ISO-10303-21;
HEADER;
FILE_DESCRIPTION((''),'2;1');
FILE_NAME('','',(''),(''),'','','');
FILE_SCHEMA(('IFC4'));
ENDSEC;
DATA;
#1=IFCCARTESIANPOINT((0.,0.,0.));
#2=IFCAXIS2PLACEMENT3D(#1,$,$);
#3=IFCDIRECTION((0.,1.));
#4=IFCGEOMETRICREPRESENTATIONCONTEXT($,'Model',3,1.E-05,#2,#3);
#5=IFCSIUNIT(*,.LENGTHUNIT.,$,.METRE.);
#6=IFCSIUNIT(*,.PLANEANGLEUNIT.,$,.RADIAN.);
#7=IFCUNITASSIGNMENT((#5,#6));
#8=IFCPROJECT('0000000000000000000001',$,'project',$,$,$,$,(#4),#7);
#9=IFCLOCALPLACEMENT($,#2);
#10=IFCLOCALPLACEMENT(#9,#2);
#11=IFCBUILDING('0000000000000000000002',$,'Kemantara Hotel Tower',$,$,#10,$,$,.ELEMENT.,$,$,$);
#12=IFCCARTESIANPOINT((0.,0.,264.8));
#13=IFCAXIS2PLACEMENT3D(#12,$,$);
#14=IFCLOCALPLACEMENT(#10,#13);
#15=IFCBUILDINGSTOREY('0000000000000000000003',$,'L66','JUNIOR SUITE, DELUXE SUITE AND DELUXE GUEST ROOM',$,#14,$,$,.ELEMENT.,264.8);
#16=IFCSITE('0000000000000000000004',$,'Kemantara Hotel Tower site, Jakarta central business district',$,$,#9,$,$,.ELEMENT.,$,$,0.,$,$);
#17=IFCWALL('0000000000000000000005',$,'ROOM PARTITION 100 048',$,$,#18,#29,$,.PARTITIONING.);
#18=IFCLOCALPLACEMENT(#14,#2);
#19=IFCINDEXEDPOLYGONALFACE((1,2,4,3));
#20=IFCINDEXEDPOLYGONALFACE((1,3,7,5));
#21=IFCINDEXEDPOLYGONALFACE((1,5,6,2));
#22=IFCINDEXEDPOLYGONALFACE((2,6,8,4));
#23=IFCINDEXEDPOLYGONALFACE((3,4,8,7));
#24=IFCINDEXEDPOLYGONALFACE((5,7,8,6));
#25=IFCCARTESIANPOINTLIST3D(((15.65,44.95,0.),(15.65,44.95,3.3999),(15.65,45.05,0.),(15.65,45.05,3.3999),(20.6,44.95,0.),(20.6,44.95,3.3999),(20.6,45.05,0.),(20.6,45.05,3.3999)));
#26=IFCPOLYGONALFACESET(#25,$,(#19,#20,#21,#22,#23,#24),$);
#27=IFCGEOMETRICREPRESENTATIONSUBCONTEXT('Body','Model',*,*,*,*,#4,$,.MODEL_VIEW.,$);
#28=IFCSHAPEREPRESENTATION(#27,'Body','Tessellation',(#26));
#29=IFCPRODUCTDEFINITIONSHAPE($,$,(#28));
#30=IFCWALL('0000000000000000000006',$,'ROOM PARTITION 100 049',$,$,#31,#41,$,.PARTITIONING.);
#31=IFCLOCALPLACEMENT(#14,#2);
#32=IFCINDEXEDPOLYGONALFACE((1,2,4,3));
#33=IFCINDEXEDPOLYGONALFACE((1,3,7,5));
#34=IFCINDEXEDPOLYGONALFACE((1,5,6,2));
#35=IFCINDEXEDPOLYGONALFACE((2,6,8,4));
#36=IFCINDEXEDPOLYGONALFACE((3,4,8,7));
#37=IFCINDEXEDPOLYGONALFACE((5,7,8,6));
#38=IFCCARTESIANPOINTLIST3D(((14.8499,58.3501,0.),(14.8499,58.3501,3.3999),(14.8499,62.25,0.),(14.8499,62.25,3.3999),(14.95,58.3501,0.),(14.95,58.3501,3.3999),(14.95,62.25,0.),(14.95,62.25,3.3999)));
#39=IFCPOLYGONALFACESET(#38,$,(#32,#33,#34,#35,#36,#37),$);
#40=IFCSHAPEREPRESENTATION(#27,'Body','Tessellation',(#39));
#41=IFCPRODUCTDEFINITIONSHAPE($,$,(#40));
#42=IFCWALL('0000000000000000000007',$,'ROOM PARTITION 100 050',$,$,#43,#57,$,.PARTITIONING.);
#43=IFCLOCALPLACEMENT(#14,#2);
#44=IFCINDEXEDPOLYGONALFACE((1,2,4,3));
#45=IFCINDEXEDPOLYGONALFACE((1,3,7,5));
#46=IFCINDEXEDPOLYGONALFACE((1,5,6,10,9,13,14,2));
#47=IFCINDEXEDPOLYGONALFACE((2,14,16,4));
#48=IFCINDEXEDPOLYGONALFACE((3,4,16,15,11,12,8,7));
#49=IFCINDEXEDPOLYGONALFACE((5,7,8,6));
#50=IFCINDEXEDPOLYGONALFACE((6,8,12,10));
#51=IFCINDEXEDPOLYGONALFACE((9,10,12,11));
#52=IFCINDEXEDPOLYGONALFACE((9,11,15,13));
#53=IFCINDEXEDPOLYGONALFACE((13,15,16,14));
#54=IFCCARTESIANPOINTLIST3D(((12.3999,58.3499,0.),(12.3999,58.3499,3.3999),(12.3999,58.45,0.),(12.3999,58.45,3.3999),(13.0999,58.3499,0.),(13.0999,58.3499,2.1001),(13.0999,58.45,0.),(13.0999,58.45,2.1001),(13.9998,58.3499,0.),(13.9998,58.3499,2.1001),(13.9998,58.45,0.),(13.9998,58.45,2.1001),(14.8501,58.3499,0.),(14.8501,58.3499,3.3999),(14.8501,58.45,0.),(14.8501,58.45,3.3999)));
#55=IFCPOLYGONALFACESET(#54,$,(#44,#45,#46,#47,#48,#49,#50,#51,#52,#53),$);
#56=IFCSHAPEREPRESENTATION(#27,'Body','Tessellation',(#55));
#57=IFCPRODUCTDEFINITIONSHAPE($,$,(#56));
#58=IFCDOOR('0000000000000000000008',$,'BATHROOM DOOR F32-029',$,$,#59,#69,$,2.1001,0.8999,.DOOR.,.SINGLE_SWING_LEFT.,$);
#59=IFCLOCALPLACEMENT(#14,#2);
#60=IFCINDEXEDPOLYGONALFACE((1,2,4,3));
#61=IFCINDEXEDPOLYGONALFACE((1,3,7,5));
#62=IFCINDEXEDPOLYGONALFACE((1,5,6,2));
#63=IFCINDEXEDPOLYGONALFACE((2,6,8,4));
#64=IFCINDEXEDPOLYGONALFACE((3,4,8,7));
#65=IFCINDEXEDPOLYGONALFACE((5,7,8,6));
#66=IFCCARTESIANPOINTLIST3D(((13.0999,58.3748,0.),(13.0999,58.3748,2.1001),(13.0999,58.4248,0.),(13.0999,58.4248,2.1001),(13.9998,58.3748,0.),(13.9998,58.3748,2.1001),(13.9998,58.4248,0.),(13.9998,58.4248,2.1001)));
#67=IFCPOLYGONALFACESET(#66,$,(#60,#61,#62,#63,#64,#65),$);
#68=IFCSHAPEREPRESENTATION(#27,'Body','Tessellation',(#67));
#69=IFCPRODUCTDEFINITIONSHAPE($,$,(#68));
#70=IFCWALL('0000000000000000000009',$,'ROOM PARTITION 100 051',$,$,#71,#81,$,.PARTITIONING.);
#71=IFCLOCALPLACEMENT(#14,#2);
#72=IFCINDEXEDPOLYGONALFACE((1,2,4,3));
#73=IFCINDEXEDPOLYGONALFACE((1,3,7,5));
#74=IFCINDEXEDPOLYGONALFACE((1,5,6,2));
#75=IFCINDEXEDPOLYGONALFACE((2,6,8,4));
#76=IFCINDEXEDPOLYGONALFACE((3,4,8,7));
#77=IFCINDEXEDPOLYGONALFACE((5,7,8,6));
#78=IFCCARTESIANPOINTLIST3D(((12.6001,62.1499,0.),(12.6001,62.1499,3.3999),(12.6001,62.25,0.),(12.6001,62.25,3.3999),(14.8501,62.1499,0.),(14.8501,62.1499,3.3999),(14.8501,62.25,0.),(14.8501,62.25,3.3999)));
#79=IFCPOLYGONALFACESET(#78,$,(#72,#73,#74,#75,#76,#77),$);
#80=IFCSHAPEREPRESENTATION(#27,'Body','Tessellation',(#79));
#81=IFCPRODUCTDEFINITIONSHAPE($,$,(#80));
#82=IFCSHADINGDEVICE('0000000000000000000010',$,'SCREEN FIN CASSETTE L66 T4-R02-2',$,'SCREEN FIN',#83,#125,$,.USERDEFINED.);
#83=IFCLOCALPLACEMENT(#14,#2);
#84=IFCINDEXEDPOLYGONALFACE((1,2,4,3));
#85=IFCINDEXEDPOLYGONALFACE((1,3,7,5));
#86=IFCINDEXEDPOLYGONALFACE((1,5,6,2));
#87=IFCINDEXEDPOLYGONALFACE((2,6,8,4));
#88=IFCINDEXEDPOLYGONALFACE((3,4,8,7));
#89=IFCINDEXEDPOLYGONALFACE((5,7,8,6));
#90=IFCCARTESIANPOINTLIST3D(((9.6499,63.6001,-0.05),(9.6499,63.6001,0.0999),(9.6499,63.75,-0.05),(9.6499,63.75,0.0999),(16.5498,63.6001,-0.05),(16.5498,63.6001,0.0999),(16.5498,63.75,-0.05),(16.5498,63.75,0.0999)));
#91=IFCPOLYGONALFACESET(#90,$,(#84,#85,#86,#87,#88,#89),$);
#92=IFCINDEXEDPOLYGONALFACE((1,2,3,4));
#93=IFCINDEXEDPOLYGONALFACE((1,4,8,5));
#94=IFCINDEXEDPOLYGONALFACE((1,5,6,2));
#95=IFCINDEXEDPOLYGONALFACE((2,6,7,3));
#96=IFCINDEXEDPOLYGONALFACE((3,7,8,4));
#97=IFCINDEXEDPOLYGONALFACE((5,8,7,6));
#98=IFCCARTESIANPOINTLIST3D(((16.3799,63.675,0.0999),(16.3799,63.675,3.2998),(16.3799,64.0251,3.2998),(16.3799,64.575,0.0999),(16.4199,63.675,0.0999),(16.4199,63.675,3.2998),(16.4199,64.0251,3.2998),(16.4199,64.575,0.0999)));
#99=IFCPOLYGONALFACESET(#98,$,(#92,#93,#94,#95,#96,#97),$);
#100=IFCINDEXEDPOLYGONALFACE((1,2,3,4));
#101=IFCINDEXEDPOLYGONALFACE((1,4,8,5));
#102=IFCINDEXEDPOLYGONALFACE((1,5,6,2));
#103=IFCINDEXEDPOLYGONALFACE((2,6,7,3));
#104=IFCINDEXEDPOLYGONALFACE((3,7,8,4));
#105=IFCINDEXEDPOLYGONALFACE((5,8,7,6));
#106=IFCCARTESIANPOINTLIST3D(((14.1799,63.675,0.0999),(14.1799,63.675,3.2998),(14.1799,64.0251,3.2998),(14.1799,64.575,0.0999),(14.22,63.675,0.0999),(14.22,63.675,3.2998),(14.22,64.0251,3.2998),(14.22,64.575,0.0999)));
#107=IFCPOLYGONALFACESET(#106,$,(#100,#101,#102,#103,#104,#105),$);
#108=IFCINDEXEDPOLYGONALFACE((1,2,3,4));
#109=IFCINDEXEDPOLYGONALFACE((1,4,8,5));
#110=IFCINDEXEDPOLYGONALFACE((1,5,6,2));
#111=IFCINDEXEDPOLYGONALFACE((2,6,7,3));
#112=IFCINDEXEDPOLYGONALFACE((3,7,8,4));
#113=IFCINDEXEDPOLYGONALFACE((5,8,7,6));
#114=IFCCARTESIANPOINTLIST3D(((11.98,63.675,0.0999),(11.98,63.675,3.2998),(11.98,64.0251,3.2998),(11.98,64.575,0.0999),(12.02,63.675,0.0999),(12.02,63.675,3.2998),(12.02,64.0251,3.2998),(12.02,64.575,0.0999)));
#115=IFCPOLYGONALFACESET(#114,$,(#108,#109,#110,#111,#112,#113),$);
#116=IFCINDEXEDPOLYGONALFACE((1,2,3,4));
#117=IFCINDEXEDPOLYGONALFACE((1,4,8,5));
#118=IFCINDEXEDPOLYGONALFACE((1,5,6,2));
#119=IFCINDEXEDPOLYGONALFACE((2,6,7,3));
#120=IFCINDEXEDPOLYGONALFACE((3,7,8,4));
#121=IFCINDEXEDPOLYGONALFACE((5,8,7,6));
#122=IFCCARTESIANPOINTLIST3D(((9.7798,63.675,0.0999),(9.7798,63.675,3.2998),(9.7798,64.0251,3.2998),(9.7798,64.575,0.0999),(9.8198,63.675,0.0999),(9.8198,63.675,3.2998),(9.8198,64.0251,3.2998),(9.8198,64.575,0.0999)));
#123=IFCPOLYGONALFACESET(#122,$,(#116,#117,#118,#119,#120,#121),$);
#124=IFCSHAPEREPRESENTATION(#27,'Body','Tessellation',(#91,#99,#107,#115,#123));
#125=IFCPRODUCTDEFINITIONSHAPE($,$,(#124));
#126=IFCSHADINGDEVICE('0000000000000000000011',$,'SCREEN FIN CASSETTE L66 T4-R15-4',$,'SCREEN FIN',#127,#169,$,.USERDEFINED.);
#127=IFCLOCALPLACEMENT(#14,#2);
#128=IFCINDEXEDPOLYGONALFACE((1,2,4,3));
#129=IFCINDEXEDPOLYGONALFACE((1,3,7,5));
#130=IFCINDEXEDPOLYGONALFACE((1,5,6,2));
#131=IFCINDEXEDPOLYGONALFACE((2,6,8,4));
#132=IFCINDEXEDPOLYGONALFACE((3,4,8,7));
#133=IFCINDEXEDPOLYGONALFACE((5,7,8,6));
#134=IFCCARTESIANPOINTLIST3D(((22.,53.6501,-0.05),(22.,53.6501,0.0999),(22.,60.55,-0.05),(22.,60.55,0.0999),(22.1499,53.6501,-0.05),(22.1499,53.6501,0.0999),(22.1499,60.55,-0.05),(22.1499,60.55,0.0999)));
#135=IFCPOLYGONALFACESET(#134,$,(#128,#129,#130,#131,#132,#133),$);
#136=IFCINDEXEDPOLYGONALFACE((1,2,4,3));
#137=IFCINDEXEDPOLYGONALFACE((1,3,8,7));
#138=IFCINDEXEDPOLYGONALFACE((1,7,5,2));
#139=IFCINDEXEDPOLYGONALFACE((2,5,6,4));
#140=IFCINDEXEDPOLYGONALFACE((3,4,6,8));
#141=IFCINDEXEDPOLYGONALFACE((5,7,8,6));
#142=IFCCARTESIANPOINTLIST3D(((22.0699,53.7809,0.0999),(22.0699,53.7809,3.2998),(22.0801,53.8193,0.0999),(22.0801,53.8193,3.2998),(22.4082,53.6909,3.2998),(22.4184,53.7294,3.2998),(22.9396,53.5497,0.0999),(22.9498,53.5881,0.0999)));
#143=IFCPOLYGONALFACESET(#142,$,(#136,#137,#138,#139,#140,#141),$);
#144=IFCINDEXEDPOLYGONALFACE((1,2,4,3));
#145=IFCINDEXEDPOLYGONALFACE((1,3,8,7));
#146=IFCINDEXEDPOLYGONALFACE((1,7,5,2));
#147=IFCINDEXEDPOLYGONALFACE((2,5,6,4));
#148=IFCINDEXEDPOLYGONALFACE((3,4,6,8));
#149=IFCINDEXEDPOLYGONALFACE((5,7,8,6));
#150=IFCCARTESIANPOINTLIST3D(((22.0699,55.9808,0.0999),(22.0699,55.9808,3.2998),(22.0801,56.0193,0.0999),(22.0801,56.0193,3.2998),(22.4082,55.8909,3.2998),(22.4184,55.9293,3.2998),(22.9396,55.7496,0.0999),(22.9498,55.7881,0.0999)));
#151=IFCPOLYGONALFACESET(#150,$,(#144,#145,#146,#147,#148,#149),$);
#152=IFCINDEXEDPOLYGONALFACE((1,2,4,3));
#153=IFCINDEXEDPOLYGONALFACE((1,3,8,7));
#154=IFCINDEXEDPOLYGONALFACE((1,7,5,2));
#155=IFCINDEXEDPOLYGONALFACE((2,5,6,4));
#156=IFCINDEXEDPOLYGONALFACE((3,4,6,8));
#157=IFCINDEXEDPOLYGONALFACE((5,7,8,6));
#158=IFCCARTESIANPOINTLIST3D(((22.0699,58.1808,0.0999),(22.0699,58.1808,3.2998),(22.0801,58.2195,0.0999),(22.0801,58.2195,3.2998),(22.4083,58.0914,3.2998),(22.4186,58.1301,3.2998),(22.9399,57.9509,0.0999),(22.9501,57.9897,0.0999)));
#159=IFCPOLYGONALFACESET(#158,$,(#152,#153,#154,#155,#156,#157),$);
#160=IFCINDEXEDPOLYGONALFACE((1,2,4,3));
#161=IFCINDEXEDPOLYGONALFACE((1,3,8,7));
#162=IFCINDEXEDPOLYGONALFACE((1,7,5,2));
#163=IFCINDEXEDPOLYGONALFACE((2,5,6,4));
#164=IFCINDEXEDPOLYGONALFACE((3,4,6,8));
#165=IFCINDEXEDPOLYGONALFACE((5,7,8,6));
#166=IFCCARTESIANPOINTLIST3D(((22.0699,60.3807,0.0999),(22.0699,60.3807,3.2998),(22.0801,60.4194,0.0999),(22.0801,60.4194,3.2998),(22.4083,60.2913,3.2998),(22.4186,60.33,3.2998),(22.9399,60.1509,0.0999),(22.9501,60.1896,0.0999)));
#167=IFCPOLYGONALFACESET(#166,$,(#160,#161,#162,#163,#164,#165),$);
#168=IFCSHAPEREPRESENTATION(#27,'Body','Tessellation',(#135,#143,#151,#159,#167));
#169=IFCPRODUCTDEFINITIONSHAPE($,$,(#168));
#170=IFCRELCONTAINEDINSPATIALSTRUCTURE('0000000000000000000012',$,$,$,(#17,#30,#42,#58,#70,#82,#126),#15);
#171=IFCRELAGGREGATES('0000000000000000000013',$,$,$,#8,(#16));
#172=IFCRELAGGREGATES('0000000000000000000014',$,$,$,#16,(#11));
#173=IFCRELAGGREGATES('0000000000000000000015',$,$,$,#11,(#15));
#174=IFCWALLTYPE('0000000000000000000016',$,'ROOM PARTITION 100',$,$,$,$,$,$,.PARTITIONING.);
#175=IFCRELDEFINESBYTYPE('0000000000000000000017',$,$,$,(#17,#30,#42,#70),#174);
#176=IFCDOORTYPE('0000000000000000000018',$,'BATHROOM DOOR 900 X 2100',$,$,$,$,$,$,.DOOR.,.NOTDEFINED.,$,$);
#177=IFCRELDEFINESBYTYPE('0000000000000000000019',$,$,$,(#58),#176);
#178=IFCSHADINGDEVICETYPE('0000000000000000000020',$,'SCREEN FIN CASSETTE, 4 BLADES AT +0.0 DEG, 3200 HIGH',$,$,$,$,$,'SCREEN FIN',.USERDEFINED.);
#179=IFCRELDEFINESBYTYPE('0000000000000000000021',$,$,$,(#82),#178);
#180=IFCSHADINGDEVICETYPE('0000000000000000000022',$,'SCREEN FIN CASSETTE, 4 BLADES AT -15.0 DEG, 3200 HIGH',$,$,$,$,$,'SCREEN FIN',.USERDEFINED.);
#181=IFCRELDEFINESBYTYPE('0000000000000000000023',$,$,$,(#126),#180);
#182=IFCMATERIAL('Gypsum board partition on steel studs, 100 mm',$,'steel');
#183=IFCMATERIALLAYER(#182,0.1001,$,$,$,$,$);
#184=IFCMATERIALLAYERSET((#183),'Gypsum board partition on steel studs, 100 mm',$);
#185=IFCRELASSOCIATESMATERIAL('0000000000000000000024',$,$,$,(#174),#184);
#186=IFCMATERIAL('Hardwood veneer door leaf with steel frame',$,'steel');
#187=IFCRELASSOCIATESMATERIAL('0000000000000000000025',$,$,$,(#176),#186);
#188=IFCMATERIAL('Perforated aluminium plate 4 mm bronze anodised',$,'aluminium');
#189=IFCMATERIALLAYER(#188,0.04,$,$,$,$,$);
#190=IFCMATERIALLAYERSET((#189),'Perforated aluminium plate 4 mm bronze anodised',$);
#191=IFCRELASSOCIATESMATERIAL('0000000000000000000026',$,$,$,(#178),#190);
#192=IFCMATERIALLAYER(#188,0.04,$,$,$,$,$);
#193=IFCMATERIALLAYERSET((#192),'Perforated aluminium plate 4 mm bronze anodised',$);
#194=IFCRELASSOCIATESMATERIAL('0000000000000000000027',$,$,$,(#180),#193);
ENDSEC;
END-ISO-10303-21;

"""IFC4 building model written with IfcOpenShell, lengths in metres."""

from ifc_helpers import new_model, si_unit, direction, frame, frame_2d, origin, origin_2d, place, context, subcontext, project, spatial, polyline, rectangle, outline, extrude, source, transform, mapped, material, layer, layer_set, type_object, element, fill, save


model = new_model("IFC4")

# Units and contexts
model_context = context("Model", 3, precision=1e-05, world=origin(), true_north=direction((0.0, 1.0)))
body_context = subcontext(model_context, "Body", "Model", "MODEL_VIEW")
ifc_project = project(units=[si_unit("LENGTHUNIT", "METRE"), si_unit("PLANEANGLEUNIT", "RADIAN")], contexts=[model_context])

# Site, building, storey
site_placement = place(None, origin())
site = spatial("IfcSite", under=ifc_project, at=site_placement, Name="Kemantara Hotel Tower site, Jakarta central business district", CompositionType="ELEMENT", RefElevation=0.0)
building_placement = place(site_placement, origin())
building = spatial("IfcBuilding", under=site, at=building_placement, Name="Kemantara Hotel Tower", CompositionType="ELEMENT")
storey_placement = place(building_placement, frame((0.0, 0.0, 264.8)))
storey = spatial("IfcBuildingStorey", under=building, at=storey_placement, Name="L66", Description="JUNIOR SUITE, DELUXE SUITE AND DELUXE GUEST ROOM", CompositionType="ELEMENT", Elevation=264.8)

# Shared definitions
ifc_material_1 = material(Name="Gypsum board partition on steel studs, 100 mm", Category="steel")
ifc_layer_1 = layer(ifc_material_1, 0.1001)
ifc_layer_set_1 = layer_set([ifc_layer_1], Name="Gypsum board partition on steel studs, 100 mm")
wall_type = type_object("IfcWallType", Name="ROOM PARTITION 100", PredefinedType="PARTITIONING", material=ifc_layer_set_1)
ifc_material_2 = material(Name="Hardwood veneer door leaf with steel frame", Category="steel")

# Walls
wall_1_placement = place(storey_placement, frame((15.6499, 45.0, 0.0), z_axis=(0.0, 0.0, 1.0), x_axis=(1.0, 0.0, 0.0)))
element("IfcWall", 1, at=wall_1_placement, inside=storey, type_object=wall_type, Name="ROOM PARTITION 100 048", PredefinedType="PARTITIONING", context=body_context, shape_type="SweptSolid", body=[
    extrude(rectangle(XDim=4.95, YDim=0.1001, at=frame_2d((2.4751, 0.0))), origin(), (0.0, 0.0, 1.0), 3.3999),
])
wall_2_placement = place(storey_placement, frame((14.8999, 58.3501, 0.0), z_axis=(0.0, 0.0, 1.0), x_axis=(0.0, 1.0, 0.0)))
element("IfcWall", 2, at=wall_2_placement, inside=storey, type_object=wall_type, Name="ROOM PARTITION 100 049", PredefinedType="PARTITIONING", context=body_context, shape_type="SweptSolid", body=[
    extrude(rectangle(XDim=3.8999, YDim=0.1001, at=frame_2d((1.95, 0.0))), origin(), (0.0, 0.0, 1.0), 3.3999),
])

# Wall, opening, door
wall_3_placement = place(storey_placement, frame((12.3999, 58.3999, 0.0), z_axis=(0.0, 0.0, 1.0), x_axis=(1.0, 0.0, 0.0)))
wall_3 = element("IfcWall", 3, at=wall_3_placement, inside=storey, type_object=wall_type, Name="ROOM PARTITION 100 050", PredefinedType="PARTITIONING", context=body_context, shape_type="SweptSolid", body=[
    extrude(rectangle(XDim=2.4502, YDim=0.1001, at=frame_2d((1.2251, 0.0))), origin(), (0.0, 0.0, 1.0), 3.3999),
])
opening_1_placement = place(wall_3_placement, frame((0.7, 0.0, 0.0)))
opening_1 = element("IfcOpeningElement", 4, at=opening_1_placement, cuts=wall_3, PredefinedType="OPENING", context=body_context, shape_type="SweptSolid", body=[
    extrude(rectangle(XDim=0.8999, YDim=2.1001, at=frame_2d((0.45, 1.05))), frame((0.0, 0.0601, 0.0), z_axis=(0.0, -1.0, 0.0), x_axis=(1.0, 0.0, 0.0)), (0.0, 0.0, 1.0), 0.1201),
])
door_type_1 = type_object("IfcDoorType", Name="BATHROOM DOOR 900 X 2100", OperationType="NOTDEFINED", PredefinedType="DOOR", material=ifc_material_2)
door_1_placement = place(opening_1_placement, origin())
door_1 = element("IfcDoor", 5, at=door_1_placement, inside=storey, type_object=door_type_1, Name="BATHROOM DOOR F32-029", OperationType="SINGLE_SWING_LEFT", OverallHeight=2.1001, OverallWidth=0.8999, PredefinedType="DOOR", context=body_context, shape_type="SweptSolid", body=[
    extrude(rectangle(XDim=0.8999, YDim=2.1001, at=frame_2d((0.45, 1.05))), frame((0.0, 0.0249, 0.0), z_axis=(0.0, -1.0, 0.0), x_axis=(1.0, 0.0, 0.0)), (0.0, 0.0, 1.0), 0.05),
])
fill(opening_1, door_1)

# Wall
wall_4_placement = place(storey_placement, frame((12.6001, 62.2, 0.0), z_axis=(0.0, 0.0, 1.0), x_axis=(1.0, 0.0, 0.0)))
element("IfcWall", 6, at=wall_4_placement, inside=storey, type_object=wall_type, Name="ROOM PARTITION 100 051", PredefinedType="PARTITIONING", context=body_context, shape_type="SweptSolid", body=[
    extrude(rectangle(XDim=2.25, YDim=0.1001, at=frame_2d((1.125, 0.0))), origin(), (0.0, 0.0, 1.0), 3.3999),
])

# Shading devices
ifc_material_3 = material(Name="Perforated aluminium plate 4 mm bronze anodised", Category="aluminium")
ifc_layer_2 = layer(ifc_material_3, 0.04)
ifc_layer_set_2 = layer_set([ifc_layer_2], Name="Perforated aluminium plate 4 mm bronze anodised")
shading_device_type_1 = type_object("IfcShadingDeviceType", Name="SCREEN FIN CASSETTE, 4 BLADES AT +0.0 DEG, 3200 HIGH", ElementType="SCREEN FIN", PredefinedType="USERDEFINED", material=ifc_layer_set_2)
shared_shape_1 = source(origin(), body_context, "Body", "SweptSolid", [
    extrude(rectangle(XDim=6.8999, YDim=0.1499, at=origin_2d()), frame((3.3, -0.075, -0.1499), z_axis=(0.0, 0.0, 1.0), x_axis=(1.0, 0.0, 0.0)), (0.0, 0.0, 1.0), 0.1499),
    extrude(outline(polyline([(0.0, 0.0), (0.8999, 0.0), (0.3501, 3.2), (0.0, 3.2), (0.0, 0.0)])), frame((0.02, -0.075, 0.0), z_axis=(-1.0, 0.0, 0.0), x_axis=(0.0, -1.0, 0.0)), (0.0, 0.0, 1.0), 0.04),
    extrude(outline(polyline([(0.0, 0.0), (0.8999, 0.0), (0.3501, 3.2), (0.0, 3.2), (0.0, 0.0)])), frame((2.22, -0.075, 0.0), z_axis=(-1.0, 0.0, 0.0), x_axis=(0.0, -1.0, 0.0)), (0.0, 0.0, 1.0), 0.04),
    extrude(outline(polyline([(0.0, 0.0), (0.8999, 0.0), (0.3501, 3.2), (0.0, 3.2), (0.0, 0.0)])), frame((4.4199, -0.075, 0.0), z_axis=(-1.0, 0.0, 0.0), x_axis=(0.0, -1.0, 0.0)), (0.0, 0.0, 1.0), 0.04),
    extrude(outline(polyline([(0.0, 0.0), (0.8999, 0.0), (0.3501, 3.2), (0.0, 3.2), (0.0, 0.0)])), frame((6.6201, -0.075, 0.0), z_axis=(-1.0, 0.0, 0.0), x_axis=(0.0, -1.0, 0.0)), (0.0, 0.0, 1.0), 0.04),
])
shading_device_1_placement = place(storey_placement, frame((16.3999, 63.6001, 0.0999), z_axis=(0.0, 0.0, 1.0), x_axis=(-1.0, 0.0, 0.0)))
element("IfcShadingDevice", 7, at=shading_device_1_placement, inside=storey, type_object=shading_device_type_1, Name="SCREEN FIN CASSETTE L66 T4-R02-2", ObjectType="SCREEN FIN", PredefinedType="USERDEFINED", context=body_context, shape_type="MappedRepresentation", body=[
    mapped(shared_shape_1, transform((0.0, 0.0, 0.0))),
])
ifc_layer_3 = layer(ifc_material_3, 0.04)
ifc_layer_set_3 = layer_set([ifc_layer_3], Name="Perforated aluminium plate 4 mm bronze anodised")
shading_device_type_2 = type_object("IfcShadingDeviceType", Name="SCREEN FIN CASSETTE, 4 BLADES AT -15.0 DEG, 3200 HIGH", ElementType="SCREEN FIN", PredefinedType="USERDEFINED", material=ifc_layer_set_3)
shared_shape_2 = source(origin(), body_context, "Body", "SweptSolid", [
    extrude(rectangle(XDim=6.8999, YDim=0.1499, at=origin_2d()), frame((3.3, -0.075, -0.1499), z_axis=(0.0, 0.0, 1.0), x_axis=(1.0, 0.0, 0.0)), (0.0, 0.0, 1.0), 0.1499),
    extrude(outline(polyline([(0.0, 0.0), (0.8999, 0.0), (0.3501, 3.2), (0.0, 3.2), (0.0, 0.0)])), frame((0.0193, -0.0801, 0.0), z_axis=(-0.966438, 0.256901, 0.0), x_axis=(-0.256901, -0.966438, 0.0)), (0.0, 0.0, 1.0), 0.0398),
    extrude(outline(polyline([(0.0, 0.0), (0.8999, 0.0), (0.3501, 3.2), (0.0, 3.2), (0.0, 0.0)])), frame((2.2192, -0.0801, 0.0), z_axis=(-0.966438, 0.256901, 0.0), x_axis=(-0.256901, -0.966438, 0.0)), (0.0, 0.0, 1.0), 0.0398),
    extrude(outline(polyline([(0.0, 0.0), (0.8999, 0.0), (0.3501, 3.2), (0.0, 3.2), (0.0, 0.0)])), frame((4.4194, -0.0801, 0.0), z_axis=(-0.966838, 0.255391, 0.0), x_axis=(-0.255391, -0.966838, 0.0)), (0.0, 0.0, 1.0), 0.04),
    extrude(outline(polyline([(0.0, 0.0), (0.8999, 0.0), (0.3501, 3.2), (0.0, 3.2), (0.0, 0.0)])), frame((6.6194, -0.0801, 0.0), z_axis=(-0.966838, 0.255391, 0.0), x_axis=(-0.255391, -0.966838, 0.0)), (0.0, 0.0, 1.0), 0.04),
])
shading_device_2_placement = place(storey_placement, frame((22.0, 53.8, 0.0999), z_axis=(0.0, 0.0, 1.0), x_axis=(0.0, 1.0, 0.0)))
element("IfcShadingDevice", 8, at=shading_device_2_placement, inside=storey, type_object=shading_device_type_2, Name="SCREEN FIN CASSETTE L66 T4-R15-4", ObjectType="SCREEN FIN", PredefinedType="USERDEFINED", context=body_context, shape_type="MappedRepresentation", body=[
    mapped(shared_shape_2, transform((0.0, 0.0, 0.0))),
])

save(model, "model.ifc")
